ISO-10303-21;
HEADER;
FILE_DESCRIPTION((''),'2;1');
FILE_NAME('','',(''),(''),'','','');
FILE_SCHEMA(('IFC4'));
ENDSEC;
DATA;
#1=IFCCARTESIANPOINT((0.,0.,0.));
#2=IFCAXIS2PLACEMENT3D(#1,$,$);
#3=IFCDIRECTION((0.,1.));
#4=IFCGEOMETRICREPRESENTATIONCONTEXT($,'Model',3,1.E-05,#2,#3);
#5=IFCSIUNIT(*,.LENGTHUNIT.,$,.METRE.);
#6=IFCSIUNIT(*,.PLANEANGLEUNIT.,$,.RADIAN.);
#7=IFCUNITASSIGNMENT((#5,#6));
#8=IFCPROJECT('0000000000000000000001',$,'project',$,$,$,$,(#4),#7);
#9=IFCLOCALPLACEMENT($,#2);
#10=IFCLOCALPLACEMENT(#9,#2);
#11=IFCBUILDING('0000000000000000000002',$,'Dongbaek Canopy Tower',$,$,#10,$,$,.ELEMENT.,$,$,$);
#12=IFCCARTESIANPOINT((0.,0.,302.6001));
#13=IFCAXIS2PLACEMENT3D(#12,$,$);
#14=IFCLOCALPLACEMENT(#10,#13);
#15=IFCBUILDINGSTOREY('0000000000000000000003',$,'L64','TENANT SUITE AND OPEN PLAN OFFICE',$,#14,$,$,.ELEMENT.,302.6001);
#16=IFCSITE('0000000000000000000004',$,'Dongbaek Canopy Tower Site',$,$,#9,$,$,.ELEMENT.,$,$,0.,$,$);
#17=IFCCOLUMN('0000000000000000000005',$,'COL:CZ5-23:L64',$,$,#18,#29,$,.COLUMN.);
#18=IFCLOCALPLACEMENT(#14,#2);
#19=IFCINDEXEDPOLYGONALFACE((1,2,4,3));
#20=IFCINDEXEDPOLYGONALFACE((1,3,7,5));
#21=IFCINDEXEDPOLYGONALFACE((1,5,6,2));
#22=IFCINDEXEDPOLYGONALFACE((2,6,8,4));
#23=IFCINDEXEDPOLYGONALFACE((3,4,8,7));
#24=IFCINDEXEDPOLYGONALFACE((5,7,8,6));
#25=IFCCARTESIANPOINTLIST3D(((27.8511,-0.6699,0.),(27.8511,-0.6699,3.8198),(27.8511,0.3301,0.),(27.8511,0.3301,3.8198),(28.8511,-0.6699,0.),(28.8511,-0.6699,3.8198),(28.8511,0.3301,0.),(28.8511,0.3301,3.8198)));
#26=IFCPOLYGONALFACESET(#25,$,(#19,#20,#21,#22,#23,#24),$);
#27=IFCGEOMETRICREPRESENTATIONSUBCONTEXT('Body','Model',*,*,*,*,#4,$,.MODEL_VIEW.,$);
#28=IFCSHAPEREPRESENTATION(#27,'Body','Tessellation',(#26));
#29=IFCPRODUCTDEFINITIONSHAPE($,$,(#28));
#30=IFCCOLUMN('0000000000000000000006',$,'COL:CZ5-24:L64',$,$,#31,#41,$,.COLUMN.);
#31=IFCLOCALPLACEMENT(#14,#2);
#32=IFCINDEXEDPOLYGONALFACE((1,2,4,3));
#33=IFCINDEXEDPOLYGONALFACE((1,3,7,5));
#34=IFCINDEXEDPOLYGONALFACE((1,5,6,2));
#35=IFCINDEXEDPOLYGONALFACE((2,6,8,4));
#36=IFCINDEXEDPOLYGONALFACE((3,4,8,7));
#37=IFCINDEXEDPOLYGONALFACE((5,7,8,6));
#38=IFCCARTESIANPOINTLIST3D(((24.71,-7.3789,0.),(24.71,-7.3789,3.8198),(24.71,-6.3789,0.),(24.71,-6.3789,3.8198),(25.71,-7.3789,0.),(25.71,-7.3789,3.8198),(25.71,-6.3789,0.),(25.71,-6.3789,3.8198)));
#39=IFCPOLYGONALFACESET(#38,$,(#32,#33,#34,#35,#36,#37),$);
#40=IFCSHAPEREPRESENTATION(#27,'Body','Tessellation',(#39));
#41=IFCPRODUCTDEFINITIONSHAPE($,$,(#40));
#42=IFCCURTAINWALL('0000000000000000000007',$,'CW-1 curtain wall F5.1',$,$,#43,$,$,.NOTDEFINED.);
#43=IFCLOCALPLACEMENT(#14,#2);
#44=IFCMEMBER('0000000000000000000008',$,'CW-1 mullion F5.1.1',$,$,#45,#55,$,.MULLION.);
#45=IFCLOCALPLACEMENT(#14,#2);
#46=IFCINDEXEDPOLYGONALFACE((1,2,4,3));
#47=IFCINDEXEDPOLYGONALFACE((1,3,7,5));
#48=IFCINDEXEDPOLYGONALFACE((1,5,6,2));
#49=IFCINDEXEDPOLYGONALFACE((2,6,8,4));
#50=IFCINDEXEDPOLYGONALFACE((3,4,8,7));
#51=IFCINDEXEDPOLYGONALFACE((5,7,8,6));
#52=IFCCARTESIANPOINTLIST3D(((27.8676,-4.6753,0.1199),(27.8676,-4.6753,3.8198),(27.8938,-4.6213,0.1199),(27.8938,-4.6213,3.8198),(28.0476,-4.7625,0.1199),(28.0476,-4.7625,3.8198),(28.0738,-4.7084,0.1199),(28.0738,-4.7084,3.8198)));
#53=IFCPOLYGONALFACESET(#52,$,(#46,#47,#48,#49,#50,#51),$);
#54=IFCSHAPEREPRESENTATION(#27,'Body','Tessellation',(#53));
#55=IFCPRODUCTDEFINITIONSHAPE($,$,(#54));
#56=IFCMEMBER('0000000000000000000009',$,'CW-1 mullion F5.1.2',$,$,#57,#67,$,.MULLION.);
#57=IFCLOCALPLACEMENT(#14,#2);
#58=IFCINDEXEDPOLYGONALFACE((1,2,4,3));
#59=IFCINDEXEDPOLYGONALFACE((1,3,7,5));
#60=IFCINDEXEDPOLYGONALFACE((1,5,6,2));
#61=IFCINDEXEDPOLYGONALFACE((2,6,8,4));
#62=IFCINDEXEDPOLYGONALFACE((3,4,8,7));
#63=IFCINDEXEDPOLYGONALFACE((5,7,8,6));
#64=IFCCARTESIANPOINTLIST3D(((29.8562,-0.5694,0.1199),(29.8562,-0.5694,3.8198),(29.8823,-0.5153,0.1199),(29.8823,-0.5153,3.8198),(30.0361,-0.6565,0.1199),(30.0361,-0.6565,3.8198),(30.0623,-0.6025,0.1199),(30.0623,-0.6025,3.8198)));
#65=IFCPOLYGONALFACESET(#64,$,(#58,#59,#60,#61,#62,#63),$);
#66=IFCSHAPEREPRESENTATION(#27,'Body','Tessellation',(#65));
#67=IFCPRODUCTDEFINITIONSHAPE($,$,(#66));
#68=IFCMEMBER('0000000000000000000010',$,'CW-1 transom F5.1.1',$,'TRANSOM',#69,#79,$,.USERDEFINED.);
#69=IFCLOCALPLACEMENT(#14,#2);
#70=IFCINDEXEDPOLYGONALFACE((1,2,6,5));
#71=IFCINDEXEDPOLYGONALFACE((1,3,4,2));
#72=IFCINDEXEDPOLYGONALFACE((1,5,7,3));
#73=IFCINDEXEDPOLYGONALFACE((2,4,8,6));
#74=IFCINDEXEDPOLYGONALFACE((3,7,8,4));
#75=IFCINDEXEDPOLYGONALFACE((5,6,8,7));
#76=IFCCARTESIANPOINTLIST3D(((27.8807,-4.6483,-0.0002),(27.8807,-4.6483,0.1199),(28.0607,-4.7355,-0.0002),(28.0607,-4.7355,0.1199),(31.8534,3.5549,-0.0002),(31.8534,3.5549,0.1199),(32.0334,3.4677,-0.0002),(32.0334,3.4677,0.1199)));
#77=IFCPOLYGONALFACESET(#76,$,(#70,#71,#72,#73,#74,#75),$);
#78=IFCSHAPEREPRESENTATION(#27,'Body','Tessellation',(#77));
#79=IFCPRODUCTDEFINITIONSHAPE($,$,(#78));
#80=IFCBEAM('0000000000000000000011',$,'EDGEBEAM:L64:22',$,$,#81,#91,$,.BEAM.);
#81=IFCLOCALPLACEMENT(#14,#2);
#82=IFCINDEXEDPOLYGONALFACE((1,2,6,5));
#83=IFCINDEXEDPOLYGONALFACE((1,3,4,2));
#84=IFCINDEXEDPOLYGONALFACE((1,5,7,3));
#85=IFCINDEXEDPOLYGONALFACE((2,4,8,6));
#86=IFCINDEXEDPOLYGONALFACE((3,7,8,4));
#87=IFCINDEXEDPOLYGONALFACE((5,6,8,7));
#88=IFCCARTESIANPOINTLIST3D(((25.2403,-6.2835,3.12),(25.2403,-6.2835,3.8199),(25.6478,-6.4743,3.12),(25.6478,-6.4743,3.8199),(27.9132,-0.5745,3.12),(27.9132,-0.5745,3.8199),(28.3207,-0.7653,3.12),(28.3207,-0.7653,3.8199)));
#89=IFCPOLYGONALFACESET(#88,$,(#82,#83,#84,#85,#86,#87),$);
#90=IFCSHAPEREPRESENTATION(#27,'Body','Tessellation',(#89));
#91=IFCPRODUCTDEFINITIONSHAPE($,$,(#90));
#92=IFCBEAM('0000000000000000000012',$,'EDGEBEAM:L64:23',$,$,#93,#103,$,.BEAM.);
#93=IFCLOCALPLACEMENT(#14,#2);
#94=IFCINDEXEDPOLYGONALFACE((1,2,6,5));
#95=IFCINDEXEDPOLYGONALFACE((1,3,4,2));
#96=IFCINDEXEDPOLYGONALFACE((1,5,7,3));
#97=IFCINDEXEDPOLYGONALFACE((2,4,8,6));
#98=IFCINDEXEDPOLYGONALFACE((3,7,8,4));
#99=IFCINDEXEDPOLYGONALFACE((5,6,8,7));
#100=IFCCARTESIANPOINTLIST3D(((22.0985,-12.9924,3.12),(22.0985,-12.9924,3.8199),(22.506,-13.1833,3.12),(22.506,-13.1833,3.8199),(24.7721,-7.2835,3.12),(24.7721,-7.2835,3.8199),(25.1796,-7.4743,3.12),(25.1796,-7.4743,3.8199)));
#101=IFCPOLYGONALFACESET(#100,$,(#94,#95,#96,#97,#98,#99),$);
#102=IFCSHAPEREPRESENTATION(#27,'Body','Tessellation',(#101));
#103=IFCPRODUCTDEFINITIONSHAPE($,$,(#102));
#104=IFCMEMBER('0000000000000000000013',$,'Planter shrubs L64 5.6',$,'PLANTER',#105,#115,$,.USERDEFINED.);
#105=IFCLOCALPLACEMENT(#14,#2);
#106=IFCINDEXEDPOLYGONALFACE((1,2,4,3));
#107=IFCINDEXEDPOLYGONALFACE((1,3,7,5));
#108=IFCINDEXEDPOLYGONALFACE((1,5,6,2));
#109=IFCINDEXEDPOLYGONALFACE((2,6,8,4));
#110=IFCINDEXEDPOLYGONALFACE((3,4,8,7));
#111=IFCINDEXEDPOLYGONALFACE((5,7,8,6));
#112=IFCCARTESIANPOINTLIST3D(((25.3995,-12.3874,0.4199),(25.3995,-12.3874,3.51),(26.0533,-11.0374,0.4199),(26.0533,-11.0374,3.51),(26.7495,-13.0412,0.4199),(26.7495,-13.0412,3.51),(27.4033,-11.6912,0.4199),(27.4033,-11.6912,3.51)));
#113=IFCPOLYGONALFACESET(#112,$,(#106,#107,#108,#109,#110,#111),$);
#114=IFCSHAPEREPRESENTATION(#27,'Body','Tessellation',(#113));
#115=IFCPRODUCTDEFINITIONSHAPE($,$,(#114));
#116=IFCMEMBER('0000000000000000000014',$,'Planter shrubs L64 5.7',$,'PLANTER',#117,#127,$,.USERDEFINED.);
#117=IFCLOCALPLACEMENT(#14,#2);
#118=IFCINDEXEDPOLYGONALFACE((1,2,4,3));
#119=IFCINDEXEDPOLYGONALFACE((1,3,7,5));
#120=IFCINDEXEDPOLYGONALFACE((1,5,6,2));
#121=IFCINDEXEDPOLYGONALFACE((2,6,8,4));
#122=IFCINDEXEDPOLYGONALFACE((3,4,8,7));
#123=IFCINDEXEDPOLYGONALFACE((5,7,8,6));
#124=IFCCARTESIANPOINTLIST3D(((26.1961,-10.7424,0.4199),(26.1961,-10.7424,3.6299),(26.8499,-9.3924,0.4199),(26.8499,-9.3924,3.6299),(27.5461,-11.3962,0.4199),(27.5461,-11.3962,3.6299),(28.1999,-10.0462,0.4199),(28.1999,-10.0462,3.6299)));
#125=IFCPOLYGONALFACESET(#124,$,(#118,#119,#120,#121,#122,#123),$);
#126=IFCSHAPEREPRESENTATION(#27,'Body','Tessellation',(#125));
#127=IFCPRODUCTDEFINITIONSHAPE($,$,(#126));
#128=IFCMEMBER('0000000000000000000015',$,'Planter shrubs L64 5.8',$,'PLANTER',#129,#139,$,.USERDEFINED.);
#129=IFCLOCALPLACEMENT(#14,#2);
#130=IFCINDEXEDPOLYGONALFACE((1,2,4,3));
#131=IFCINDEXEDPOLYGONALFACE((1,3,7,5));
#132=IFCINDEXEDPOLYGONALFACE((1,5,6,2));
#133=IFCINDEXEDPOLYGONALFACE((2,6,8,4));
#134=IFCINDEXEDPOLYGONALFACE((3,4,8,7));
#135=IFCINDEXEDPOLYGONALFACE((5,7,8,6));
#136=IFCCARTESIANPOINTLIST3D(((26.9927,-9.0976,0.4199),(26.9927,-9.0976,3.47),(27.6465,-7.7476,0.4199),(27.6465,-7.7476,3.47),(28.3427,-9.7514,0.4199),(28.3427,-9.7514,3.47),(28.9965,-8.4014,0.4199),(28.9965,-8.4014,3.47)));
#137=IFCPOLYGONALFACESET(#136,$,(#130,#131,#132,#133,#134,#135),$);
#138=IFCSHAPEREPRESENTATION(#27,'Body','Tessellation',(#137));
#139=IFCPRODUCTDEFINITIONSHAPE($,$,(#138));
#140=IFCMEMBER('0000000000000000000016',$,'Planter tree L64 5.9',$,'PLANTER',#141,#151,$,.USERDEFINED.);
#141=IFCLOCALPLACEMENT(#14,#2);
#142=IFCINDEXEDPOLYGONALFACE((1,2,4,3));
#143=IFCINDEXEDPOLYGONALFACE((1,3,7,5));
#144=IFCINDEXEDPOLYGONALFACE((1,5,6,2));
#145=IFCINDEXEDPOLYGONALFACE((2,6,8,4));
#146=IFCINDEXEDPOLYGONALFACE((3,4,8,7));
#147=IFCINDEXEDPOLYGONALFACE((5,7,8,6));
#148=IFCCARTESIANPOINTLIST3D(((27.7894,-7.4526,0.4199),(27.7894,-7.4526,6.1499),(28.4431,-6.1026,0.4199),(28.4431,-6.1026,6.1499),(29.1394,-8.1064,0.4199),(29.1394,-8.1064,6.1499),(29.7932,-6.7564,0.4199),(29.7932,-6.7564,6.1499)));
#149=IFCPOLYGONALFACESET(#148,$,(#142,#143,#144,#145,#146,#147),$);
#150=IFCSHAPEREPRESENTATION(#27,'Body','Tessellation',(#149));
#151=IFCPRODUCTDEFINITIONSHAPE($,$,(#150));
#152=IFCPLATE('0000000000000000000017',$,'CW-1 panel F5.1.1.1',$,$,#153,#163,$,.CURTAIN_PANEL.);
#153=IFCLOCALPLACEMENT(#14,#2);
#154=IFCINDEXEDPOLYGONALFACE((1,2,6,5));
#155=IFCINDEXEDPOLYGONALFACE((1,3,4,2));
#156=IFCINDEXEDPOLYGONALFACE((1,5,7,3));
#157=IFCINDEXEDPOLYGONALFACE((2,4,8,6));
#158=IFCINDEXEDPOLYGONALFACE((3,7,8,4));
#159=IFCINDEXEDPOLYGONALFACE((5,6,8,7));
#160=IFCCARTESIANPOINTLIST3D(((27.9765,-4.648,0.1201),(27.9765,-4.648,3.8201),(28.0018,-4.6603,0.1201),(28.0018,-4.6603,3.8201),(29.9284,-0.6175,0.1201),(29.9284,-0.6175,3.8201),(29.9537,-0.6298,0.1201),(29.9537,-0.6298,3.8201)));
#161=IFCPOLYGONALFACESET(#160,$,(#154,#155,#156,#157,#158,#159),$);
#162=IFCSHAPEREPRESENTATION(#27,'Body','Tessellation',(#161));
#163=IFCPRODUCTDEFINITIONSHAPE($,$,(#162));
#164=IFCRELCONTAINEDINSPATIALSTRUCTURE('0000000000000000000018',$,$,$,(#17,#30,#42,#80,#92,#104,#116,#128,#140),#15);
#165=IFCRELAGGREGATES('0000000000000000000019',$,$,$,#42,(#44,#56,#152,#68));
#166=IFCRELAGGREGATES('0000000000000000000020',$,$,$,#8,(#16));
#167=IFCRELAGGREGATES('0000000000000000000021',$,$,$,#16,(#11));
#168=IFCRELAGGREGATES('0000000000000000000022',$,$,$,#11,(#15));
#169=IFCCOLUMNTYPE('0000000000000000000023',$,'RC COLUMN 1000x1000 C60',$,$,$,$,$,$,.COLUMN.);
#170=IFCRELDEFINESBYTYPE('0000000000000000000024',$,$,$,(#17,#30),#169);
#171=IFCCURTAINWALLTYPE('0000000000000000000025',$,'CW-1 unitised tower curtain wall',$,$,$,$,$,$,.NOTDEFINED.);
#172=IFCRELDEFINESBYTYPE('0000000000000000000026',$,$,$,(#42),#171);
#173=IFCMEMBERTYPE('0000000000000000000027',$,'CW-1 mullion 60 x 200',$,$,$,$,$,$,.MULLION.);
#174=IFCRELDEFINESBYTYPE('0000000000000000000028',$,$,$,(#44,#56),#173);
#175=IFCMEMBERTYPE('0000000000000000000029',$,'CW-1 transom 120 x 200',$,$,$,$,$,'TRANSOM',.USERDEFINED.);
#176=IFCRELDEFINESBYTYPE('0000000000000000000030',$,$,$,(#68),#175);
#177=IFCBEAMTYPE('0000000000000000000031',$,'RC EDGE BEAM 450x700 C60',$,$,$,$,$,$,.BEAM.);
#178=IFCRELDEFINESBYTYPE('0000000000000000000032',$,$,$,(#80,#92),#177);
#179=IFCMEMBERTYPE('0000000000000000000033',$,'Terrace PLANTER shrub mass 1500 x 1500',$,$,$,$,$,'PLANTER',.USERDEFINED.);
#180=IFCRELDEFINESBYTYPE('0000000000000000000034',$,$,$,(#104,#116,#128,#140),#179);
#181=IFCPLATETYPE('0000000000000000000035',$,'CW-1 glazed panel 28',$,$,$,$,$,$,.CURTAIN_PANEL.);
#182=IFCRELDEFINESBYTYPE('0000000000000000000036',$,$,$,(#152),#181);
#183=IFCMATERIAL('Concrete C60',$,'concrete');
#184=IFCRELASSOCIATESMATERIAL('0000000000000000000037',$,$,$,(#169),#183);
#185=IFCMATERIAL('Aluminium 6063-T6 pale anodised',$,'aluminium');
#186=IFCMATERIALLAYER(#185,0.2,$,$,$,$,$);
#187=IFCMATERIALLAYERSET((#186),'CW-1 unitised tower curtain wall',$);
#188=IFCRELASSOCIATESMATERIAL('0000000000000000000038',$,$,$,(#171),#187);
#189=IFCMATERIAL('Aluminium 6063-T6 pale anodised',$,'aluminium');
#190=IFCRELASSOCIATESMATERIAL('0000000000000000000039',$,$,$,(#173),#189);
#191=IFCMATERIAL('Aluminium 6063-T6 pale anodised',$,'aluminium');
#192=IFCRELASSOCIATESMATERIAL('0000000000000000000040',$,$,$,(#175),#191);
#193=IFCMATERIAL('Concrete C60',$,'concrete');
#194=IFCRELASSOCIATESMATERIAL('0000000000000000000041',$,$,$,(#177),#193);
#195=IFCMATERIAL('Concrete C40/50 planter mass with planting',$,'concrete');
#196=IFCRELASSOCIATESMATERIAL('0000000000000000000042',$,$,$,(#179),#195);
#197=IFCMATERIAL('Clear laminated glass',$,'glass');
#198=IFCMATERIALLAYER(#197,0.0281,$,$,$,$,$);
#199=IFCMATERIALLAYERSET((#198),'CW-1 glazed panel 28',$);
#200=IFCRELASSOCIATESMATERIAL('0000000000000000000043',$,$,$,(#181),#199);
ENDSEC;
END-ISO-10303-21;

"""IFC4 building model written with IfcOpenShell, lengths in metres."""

from ifc_helpers import new_model, si_unit, direction, frame, origin, origin_2d, place, context, subcontext, project, spatial, rectangle, extrude, material, layer, layer_set, material_profile, profile_set, type_object, element, aggregate, save


model = new_model("IFC4")

# Units and contexts
model_context = context("Model", 3, precision=1e-05, world=origin(), true_north=direction((0.0, 1.0)))
body_context = subcontext(model_context, "Body", "Model", "MODEL_VIEW")
ifc_project = project(units=[si_unit("LENGTHUNIT", "METRE"), si_unit("PLANEANGLEUNIT", "RADIAN")], contexts=[model_context])

# Site, building, storey
site_placement = place(None, origin())
site = spatial("IfcSite", under=ifc_project, at=site_placement, Name="Dongbaek Canopy Tower Site", CompositionType="ELEMENT", RefElevation=0.0)
building_placement = place(site_placement, origin())
building = spatial("IfcBuilding", under=site, at=building_placement, Name="Dongbaek Canopy Tower", CompositionType="ELEMENT")
storey_placement = place(building_placement, frame((0.0, 0.0, 302.6001)))
storey = spatial("IfcBuildingStorey", under=building, at=storey_placement, Name="L64", Description="TENANT SUITE AND OPEN PLAN OFFICE", CompositionType="ELEMENT", Elevation=302.6001)

# Columns
ifc_material_1 = material(Name="Concrete C60", Category="concrete")
ifc_material_profile_1 = material_profile(ifc_material_1, rectangle(XDim=1.0, YDim=1.0, at=origin_2d()), Name="RC COLUMN 1000x1000 C60")
ifc_profile_set_1 = profile_set([ifc_material_profile_1], Name="Concrete C60")
column_type = type_object("IfcColumnType", Name="RC COLUMN 1000x1000 C60", PredefinedType="COLUMN", material=ifc_profile_set_1)
for number, where, z_axis, x_axis, name in (
    (1, (28.3511, -0.1699, 0.0), (0.0, 0.0, 1.0), (1.0, 0.0, 0.0), "COL:CZ5-23:L64"),
    (2, (25.21, -6.8789, 0.0), (0.0, 0.0, 1.0), (1.0, 0.0, 0.0), "COL:CZ5-24:L64"),
):
    element("IfcColumn", number, at=place(storey_placement, frame(where, z_axis=z_axis, x_axis=x_axis)), inside=storey, type_object=column_type, Name=name, PredefinedType="COLUMN", context=body_context, shape_type="SweptSolid", body=[
        extrude(rectangle(XDim=1.0, YDim=1.0, at=origin_2d()), origin(), (0.0, 0.0, 1.0), 3.8198),
    ])

# Curtain wall, members
ifc_material_2 = material(Name="Aluminium 6063-T6 pale anodised", Category="aluminium")
ifc_layer_1 = layer(ifc_material_2, 0.2)
ifc_layer_set_1 = layer_set([ifc_layer_1], Name="CW-1 unitised tower curtain wall")
curtain_wall_type = type_object("IfcCurtainWallType", Name="CW-1 unitised tower curtain wall", PredefinedType="NOTDEFINED", material=ifc_layer_set_1)
curtain_wall_placement = place(storey_placement, origin())
curtain_wall = element("IfcCurtainWall", 3, at=curtain_wall_placement, inside=storey, type_object=curtain_wall_type, Name="CW-1 curtain wall F5.1", PredefinedType="NOTDEFINED")
ifc_material_3 = material(Name="Aluminium 6063-T6 pale anodised", Category="aluminium")
ifc_material_profile_2 = material_profile(ifc_material_3, rectangle(XDim=0.2, YDim=0.0601, at=origin_2d()), Name="CW-1 mullion 60 x 200")
ifc_profile_set_2 = profile_set([ifc_material_profile_2], Name="Aluminium 6063-T6 pale anodised")
member_type_1 = type_object("IfcMemberType", Name="CW-1 mullion 60 x 200", PredefinedType="MULLION", material=ifc_profile_set_2)
member_1_placement = place(storey_placement, frame((27.9707, -4.6919, 0.1199), z_axis=(0.0, 0.0, 1.0), x_axis=(0.900013, -0.435863, 0.0)))
member_1 = element("IfcMember", 4, at=member_1_placement, type_object=member_type_1, Name="CW-1 mullion F5.1.1", PredefinedType="MULLION", context=body_context, shape_type="SweptSolid", body=[
    extrude(rectangle(XDim=0.2, YDim=0.0601, at=origin_2d()), origin(), (0.0, 0.0, 1.0), 3.7),
])
member_2_placement = place(storey_placement, frame((29.9592, -0.5859, 0.1199), z_axis=(0.0, 0.0, 1.0), x_axis=(0.900013, -0.435863, 0.0)))
member_2 = element("IfcMember", 5, at=member_2_placement, type_object=member_type_1, Name="CW-1 mullion F5.1.2", PredefinedType="MULLION", context=body_context, shape_type="SweptSolid", body=[
    extrude(rectangle(XDim=0.2, YDim=0.0601, at=origin_2d()), origin(), (0.0, 0.0, 1.0), 3.7),
])
ifc_material_4 = material(Name="Aluminium 6063-T6 pale anodised", Category="aluminium")
ifc_material_profile_3 = material_profile(ifc_material_4, rectangle(XDim=0.2, YDim=0.1201, at=origin_2d()), Name="CW-1 transom 120 x 200")
ifc_profile_set_3 = profile_set([ifc_material_profile_3], Name="Aluminium 6063-T6 pale anodised")
member_type_2 = type_object("IfcMemberType", Name="CW-1 transom 120 x 200", ElementType="TRANSOM", PredefinedType="USERDEFINED", material=ifc_profile_set_3)
member_3_placement = place(storey_placement, frame((27.9707, -4.6919, 0.0598), z_axis=(0.435863, 0.900013, 0.0), x_axis=(-0.900013, 0.435863, 0.0)))
member_3 = element("IfcMember", 6, at=member_3_placement, type_object=member_type_2, Name="CW-1 transom F5.1.1", ObjectType="TRANSOM", PredefinedType="USERDEFINED", context=body_context, shape_type="SweptSolid", body=[
    extrude(rectangle(XDim=0.2, YDim=0.1201, at=origin_2d()), origin(), (0.0, 0.0, 1.0), 9.1145),
])

# Beams
ifc_material_5 = material(Name="Concrete C60", Category="concrete")
ifc_material_profile_4 = material_profile(ifc_material_5, rectangle(XDim=0.45, YDim=0.7, at=origin_2d()), Name="RC EDGE BEAM 450x700 C60")
ifc_profile_set_4 = profile_set([ifc_material_profile_4], Name="Concrete C60")
beam_type = type_object("IfcBeamType", Name="RC EDGE BEAM 450x700 C60", PredefinedType="BEAM", material=ifc_profile_set_4)
beam_1_placement = place(storey_placement, frame((28.1169, -0.6699, 3.47), z_axis=(-0.424013, -0.905656, 0.0), x_axis=(0.905656, -0.424013, 0.0)))
element("IfcBeam", 7, at=beam_1_placement, inside=storey, type_object=beam_type, Name="EDGEBEAM:L64:22", PredefinedType="BEAM", context=body_context, shape_type="SweptSolid", body=[
    extrude(rectangle(XDim=0.45, YDim=0.7, at=origin_2d()), origin(), (0.0, 0.0, 1.0), 6.3037),
])
beam_2_placement = place(storey_placement, frame((24.9758, -7.3789, 3.47), z_axis=(-0.424108, -0.905611, 0.0), x_axis=(0.905611, -0.424108, 0.0)))
element("IfcBeam", 8, at=beam_2_placement, inside=storey, type_object=beam_type, Name="EDGEBEAM:L64:23", PredefinedType="BEAM", context=body_context, shape_type="SweptSolid", body=[
    extrude(rectangle(XDim=0.45, YDim=0.7, at=origin_2d()), origin(), (0.0, 0.0, 1.0), 6.304),
])

# Members
ifc_material_6 = material(Name="Concrete C40/50 planter mass with planting", Category="concrete")
ifc_material_profile_5 = material_profile(ifc_material_6, rectangle(XDim=1.5, YDim=1.5, at=origin_2d()), Name="Terrace PLANTER shrub mass 1500 x 1500")
ifc_profile_set_5 = profile_set([ifc_material_profile_5], Name="Concrete C40/50 planter mass with planting")
member_type_3 = type_object("IfcMemberType", Name="Terrace PLANTER shrub mass 1500 x 1500", ElementType="PLANTER", PredefinedType="USERDEFINED", material=ifc_profile_set_5)
member_4_placement = place(storey_placement, frame((26.4014, -12.0393, 0.4199), z_axis=(0.0, 0.0, 1.0), x_axis=(0.900013, -0.435863, 0.0)))
element("IfcMember", 9, at=member_4_placement, inside=storey, type_object=member_type_3, Name="Planter shrubs L64 5.6", ObjectType="PLANTER", PredefinedType="USERDEFINED", context=body_context, shape_type="SweptSolid", body=[
    extrude(rectangle(XDim=1.5, YDim=1.5, at=origin_2d()), origin(), (0.0, 0.0, 1.0), 3.0901),
])
member_5_placement = place(storey_placement, frame((27.198, -10.3943, 0.4199), z_axis=(0.0, 0.0, 1.0), x_axis=(0.900013, -0.435863, 0.0)))
element("IfcMember", 10, at=member_5_placement, inside=storey, type_object=member_type_3, Name="Planter shrubs L64 5.7", ObjectType="PLANTER", PredefinedType="USERDEFINED", context=body_context, shape_type="SweptSolid", body=[
    extrude(rectangle(XDim=1.5, YDim=1.5, at=origin_2d()), origin(), (0.0, 0.0, 1.0), 3.21),
])
member_6_placement = place(storey_placement, frame((27.9946, -8.7495, 0.4199), z_axis=(0.0, 0.0, 1.0), x_axis=(0.900013, -0.435863, 0.0)))
element("IfcMember", 11, at=member_6_placement, inside=storey, type_object=member_type_3, Name="Planter shrubs L64 5.8", ObjectType="PLANTER", PredefinedType="USERDEFINED", context=body_context, shape_type="SweptSolid", body=[
    extrude(rectangle(XDim=1.5, YDim=1.5, at=origin_2d()), origin(), (0.0, 0.0, 1.0), 3.05),
])
member_7_placement = place(storey_placement, frame((28.7913, -7.1045, 0.4199), z_axis=(0.0, 0.0, 1.0), x_axis=(0.900013, -0.435863, 0.0)))
element("IfcMember", 12, at=member_7_placement, inside=storey, type_object=member_type_3, Name="Planter tree L64 5.9", ObjectType="PLANTER", PredefinedType="USERDEFINED", context=body_context, shape_type="SweptSolid", body=[
    extrude(rectangle(XDim=1.5, YDim=1.5, at=origin_2d()), origin(), (0.0, 0.0, 1.0), 5.73),
])

# Plate
ifc_material_7 = material(Name="Clear laminated glass", Category="glass")
ifc_layer_2 = layer(ifc_material_7, 0.0281)
ifc_layer_set_2 = layer_set([ifc_layer_2], Name="CW-1 glazed panel 28")
plate_type = type_object("IfcPlateType", Name="CW-1 glazed panel 28", PredefinedType="CURTAIN_PANEL", material=ifc_layer_set_2)
plate_placement = place(storey_placement, frame((28.9651, -2.6389, 0.1201), z_axis=(0.0, 0.0, 1.0), x_axis=(0.435863, 0.900013, 0.0)))
plate = element("IfcPlate", 13, at=plate_placement, type_object=plate_type, Name="CW-1 panel F5.1.1.1", PredefinedType="CURTAIN_PANEL", context=body_context, shape_type="SweptSolid", body=[
    extrude(rectangle(XDim=4.4783, YDim=0.0281, at=origin_2d()), origin(), (0.0, 0.0, 1.0), 3.7),
])

aggregate(curtain_wall, [member_1, member_2, plate, member_3])

save(model, "model.ifc")
